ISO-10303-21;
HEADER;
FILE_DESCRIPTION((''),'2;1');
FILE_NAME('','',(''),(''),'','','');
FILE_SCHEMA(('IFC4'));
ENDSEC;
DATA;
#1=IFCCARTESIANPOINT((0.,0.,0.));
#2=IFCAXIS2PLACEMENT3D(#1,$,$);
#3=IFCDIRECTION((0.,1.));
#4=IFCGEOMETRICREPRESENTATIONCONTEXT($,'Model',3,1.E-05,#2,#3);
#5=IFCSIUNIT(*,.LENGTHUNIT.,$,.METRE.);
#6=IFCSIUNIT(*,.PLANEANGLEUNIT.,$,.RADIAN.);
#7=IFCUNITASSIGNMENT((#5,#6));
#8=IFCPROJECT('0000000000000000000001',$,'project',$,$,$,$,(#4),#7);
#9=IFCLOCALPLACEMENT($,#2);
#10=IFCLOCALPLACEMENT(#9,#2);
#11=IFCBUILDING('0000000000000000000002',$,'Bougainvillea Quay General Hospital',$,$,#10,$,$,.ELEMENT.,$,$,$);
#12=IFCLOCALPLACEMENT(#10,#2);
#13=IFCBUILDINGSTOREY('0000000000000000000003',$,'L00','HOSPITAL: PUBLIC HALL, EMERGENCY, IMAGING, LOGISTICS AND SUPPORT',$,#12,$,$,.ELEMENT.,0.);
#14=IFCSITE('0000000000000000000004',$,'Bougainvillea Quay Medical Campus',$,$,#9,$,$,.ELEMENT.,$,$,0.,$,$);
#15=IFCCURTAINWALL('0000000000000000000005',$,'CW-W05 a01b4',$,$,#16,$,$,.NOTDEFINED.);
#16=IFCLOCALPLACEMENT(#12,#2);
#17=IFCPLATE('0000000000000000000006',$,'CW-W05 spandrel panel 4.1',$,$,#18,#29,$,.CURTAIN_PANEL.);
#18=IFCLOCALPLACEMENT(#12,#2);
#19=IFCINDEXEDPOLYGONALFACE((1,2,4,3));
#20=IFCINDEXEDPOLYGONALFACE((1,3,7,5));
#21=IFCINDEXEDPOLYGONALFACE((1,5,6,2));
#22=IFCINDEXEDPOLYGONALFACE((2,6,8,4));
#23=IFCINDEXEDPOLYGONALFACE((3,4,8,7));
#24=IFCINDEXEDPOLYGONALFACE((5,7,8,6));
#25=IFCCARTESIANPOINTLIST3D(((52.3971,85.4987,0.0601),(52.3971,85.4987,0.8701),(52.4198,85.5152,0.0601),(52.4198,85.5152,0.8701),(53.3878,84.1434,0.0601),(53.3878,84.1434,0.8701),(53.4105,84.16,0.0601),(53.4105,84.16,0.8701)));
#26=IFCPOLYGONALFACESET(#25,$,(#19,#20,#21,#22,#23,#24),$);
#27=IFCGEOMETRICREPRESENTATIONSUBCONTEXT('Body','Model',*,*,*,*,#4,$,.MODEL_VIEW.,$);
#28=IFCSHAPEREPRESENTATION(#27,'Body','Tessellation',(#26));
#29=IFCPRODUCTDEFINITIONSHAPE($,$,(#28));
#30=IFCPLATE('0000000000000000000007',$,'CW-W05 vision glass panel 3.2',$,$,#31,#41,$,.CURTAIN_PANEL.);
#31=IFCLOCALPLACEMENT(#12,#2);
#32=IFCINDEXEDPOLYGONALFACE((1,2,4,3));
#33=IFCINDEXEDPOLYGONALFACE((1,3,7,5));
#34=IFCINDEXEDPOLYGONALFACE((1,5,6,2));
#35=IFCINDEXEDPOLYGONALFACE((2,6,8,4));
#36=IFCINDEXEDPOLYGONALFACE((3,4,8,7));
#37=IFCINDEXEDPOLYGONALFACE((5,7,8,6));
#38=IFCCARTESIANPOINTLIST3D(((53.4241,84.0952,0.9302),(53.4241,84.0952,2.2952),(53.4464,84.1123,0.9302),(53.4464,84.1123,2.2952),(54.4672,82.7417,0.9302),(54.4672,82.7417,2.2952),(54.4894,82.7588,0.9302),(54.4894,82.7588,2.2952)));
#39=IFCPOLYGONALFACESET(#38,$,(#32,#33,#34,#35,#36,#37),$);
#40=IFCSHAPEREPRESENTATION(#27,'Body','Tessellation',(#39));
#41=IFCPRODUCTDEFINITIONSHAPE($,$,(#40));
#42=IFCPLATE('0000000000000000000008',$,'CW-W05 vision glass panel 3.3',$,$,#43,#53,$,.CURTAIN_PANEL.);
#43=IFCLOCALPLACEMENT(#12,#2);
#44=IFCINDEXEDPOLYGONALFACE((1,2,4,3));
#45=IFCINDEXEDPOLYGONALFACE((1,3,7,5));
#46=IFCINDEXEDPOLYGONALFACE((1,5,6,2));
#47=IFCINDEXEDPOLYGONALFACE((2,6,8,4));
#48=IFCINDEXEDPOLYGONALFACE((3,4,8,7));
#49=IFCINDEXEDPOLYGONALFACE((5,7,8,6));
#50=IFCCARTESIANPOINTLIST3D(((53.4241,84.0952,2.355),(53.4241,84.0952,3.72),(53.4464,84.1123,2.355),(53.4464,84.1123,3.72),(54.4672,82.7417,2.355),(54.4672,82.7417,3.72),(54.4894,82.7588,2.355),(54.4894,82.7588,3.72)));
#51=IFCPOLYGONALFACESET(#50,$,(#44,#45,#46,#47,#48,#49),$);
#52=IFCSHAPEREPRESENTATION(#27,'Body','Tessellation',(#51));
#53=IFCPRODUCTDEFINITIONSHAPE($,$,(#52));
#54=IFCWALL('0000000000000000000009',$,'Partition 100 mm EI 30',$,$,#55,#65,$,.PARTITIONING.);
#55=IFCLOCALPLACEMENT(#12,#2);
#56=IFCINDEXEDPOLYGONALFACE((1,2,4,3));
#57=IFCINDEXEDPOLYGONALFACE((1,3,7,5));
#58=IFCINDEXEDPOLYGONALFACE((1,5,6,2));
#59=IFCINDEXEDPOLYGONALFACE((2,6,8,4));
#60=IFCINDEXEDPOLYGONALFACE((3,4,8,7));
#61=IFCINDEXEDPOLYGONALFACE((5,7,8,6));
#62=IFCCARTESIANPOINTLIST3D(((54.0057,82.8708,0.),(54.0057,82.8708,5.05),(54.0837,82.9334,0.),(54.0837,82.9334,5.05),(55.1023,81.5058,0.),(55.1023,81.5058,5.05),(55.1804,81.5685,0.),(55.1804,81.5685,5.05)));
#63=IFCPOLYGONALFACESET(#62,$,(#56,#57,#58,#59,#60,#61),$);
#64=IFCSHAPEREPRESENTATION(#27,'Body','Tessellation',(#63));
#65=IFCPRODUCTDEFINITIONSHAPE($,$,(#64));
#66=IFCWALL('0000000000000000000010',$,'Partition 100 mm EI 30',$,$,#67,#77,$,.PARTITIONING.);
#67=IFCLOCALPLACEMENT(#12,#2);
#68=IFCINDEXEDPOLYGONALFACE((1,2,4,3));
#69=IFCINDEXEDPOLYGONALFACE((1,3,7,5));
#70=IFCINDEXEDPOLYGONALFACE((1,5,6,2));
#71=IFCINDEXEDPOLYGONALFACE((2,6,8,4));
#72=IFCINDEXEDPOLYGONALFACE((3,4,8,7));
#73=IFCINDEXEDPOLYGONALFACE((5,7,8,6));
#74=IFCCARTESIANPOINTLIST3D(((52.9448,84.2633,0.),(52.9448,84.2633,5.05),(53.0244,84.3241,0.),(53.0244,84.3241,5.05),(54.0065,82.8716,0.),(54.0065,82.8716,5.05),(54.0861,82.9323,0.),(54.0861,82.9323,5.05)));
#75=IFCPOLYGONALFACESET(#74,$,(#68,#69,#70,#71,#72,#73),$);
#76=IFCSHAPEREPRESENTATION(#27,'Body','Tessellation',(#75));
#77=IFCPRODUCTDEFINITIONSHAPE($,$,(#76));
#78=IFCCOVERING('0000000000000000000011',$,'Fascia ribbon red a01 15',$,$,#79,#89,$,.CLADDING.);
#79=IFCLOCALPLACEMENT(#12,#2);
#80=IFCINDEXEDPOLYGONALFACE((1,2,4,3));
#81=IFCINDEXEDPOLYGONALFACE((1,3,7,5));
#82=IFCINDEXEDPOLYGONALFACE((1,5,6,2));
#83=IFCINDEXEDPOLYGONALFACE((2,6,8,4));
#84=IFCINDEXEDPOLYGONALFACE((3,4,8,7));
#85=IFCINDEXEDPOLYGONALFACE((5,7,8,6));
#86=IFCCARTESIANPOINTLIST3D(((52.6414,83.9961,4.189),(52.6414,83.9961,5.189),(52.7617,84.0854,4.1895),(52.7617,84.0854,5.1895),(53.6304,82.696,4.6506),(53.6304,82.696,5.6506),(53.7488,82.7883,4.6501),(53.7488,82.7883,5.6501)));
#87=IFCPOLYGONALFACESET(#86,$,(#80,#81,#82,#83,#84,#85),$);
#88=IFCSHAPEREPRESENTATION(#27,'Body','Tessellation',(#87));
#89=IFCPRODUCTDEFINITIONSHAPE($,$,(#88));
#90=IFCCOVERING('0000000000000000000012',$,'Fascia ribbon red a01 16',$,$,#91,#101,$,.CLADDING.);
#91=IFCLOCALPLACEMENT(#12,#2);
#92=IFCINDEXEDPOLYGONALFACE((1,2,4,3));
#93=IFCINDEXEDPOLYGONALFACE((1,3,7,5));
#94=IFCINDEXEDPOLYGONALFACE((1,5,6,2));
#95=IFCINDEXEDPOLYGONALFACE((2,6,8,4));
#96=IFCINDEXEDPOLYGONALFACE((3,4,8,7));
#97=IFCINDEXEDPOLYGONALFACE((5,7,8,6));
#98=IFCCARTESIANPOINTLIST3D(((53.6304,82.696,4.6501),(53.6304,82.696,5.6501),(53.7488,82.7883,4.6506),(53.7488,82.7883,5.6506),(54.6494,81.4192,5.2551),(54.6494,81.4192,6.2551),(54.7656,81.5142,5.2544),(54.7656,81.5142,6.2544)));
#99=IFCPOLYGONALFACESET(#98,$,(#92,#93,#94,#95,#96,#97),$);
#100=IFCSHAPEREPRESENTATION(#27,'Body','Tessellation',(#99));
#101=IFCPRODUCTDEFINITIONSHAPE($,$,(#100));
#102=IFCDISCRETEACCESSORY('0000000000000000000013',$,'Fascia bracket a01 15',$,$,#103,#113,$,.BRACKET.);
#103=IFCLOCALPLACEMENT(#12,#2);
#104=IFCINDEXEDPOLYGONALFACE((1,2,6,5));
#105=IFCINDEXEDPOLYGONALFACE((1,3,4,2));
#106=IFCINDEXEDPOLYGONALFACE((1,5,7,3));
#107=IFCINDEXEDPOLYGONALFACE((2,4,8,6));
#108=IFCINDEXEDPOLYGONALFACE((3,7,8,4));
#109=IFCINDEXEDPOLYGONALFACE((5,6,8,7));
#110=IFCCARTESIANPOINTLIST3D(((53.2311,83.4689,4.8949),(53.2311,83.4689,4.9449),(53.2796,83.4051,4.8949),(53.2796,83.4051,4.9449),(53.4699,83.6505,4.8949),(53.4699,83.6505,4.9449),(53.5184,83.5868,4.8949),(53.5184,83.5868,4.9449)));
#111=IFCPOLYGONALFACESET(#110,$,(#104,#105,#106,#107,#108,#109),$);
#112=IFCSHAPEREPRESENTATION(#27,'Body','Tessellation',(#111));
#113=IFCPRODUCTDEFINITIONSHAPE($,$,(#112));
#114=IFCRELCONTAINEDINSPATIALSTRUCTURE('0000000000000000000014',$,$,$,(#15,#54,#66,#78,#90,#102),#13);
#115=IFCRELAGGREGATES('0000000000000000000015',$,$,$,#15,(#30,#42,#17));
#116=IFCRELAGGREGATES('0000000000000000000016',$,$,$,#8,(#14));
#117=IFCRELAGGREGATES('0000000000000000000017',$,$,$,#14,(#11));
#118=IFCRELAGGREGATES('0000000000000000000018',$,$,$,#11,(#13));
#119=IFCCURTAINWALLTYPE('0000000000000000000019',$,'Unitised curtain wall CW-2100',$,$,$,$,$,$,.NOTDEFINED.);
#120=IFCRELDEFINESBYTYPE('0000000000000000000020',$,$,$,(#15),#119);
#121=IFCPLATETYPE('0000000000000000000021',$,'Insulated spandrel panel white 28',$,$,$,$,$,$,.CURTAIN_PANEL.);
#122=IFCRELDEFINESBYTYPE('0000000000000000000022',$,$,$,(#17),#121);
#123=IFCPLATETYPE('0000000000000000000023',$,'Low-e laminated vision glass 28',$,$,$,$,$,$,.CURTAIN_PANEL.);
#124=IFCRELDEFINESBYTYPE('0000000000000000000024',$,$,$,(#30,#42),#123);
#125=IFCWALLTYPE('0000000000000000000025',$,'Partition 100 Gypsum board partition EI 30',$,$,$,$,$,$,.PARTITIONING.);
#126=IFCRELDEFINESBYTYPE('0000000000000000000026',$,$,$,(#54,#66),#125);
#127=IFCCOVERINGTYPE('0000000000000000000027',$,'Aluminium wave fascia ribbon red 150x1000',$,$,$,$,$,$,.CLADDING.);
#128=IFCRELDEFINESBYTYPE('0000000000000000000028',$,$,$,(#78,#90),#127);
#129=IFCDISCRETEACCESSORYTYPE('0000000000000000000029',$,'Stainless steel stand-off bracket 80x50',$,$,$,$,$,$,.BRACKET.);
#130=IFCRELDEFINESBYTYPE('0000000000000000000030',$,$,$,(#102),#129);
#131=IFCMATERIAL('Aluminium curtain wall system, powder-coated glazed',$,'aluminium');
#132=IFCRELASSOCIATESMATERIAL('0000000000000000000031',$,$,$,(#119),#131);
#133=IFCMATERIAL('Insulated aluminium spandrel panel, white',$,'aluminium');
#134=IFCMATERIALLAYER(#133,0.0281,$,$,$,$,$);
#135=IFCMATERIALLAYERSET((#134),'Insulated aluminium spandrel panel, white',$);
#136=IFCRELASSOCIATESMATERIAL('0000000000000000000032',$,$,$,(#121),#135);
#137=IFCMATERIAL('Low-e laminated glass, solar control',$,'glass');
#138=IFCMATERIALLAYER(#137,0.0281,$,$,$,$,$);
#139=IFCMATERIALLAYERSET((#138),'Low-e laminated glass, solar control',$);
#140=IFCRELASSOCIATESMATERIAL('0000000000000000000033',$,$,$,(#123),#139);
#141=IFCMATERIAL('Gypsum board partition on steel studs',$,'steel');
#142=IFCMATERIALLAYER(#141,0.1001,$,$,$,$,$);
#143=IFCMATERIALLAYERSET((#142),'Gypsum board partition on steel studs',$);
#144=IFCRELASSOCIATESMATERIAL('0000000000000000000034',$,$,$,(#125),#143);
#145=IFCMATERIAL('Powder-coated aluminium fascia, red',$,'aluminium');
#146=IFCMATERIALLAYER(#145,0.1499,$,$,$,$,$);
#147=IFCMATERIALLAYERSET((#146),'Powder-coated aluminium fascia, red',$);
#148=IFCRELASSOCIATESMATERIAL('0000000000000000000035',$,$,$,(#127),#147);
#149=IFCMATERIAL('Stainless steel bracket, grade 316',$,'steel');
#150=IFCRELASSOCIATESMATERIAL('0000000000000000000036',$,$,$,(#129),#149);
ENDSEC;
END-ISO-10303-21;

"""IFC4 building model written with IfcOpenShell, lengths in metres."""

from ifc_helpers import new_model, si_unit, direction, frame, frame_2d, origin, origin_2d, place, context, subcontext, project, spatial, polyline, rectangle, outline, extrude, material, layer, layer_set, material_profile, profile_set, type_object, element, aggregate, save


model = new_model("IFC4")

# Units and contexts
model_context = context("Model", 3, precision=1e-05, world=origin(), true_north=direction((0.0, 1.0)))
body_context = subcontext(model_context, "Body", "Model", "MODEL_VIEW")
ifc_project = project(units=[si_unit("LENGTHUNIT", "METRE"), si_unit("PLANEANGLEUNIT", "RADIAN")], contexts=[model_context])

# Site, building, storey
site_placement = place(None, origin())
site = spatial("IfcSite", under=ifc_project, at=site_placement, Name="Bougainvillea Quay Medical Campus", CompositionType="ELEMENT", RefElevation=0.0)
building_placement = place(site_placement, origin())
building = spatial("IfcBuilding", under=site, at=building_placement, Name="Bougainvillea Quay General Hospital", CompositionType="ELEMENT")
storey_placement = place(building_placement, origin())
storey = spatial("IfcBuildingStorey", under=building, at=storey_placement, Name="L00", Description="HOSPITAL: PUBLIC HALL, EMERGENCY, IMAGING, LOGISTICS AND SUPPORT", CompositionType="ELEMENT", Elevation=0.0)

# Curtain wall, plates
ifc_material_1 = material(Name="Aluminium curtain wall system, powder-coated glazed", Category="aluminium")
curtain_wall_type = type_object("IfcCurtainWallType", Name="Unitised curtain wall CW-2100", PredefinedType="NOTDEFINED", material=ifc_material_1)
curtain_wall_placement = place(storey_placement, origin())
curtain_wall = element("IfcCurtainWall", 1, at=curtain_wall_placement, inside=storey, type_object=curtain_wall_type, Name="CW-W05 a01b4", PredefinedType="NOTDEFINED")
ifc_material_2 = material(Name="Insulated aluminium spandrel panel, white", Category="aluminium")
ifc_layer_1 = layer(ifc_material_2, 0.0281)
ifc_layer_set_1 = layer_set([ifc_layer_1], Name="Insulated aluminium spandrel panel, white")
plate_type_1 = type_object("IfcPlateType", Name="Insulated spandrel panel white 28", PredefinedType="CURTAIN_PANEL", material=ifc_layer_set_1)
plate_1_placement = place(storey_placement, frame((52.9038, 84.8293, 0.0601), z_axis=(0.0, 0.0, 1.0), x_axis=(-0.590134, 0.807305, 0.0)))
plate_1 = element("IfcPlate", 2, at=plate_1_placement, type_object=plate_type_1, Name="CW-W05 spandrel panel 4.1", PredefinedType="CURTAIN_PANEL", context=body_context, shape_type="SweptSolid", body=[
    extrude(rectangle(XDim=1.6787, YDim=0.0281, at=origin_2d()), origin(), (0.0, 0.0, 1.0), 0.8101),
])
ifc_material_3 = material(Name="Low-e laminated glass, solar control", Category="glass")
ifc_layer_2 = layer(ifc_material_3, 0.0281)
ifc_layer_set_2 = layer_set([ifc_layer_2], Name="Low-e laminated glass, solar control")
plate_type_2 = type_object("IfcPlateType", Name="Low-e laminated vision glass 28", PredefinedType="CURTAIN_PANEL", material=ifc_layer_set_2)
plate_2_placement = place(storey_placement, frame((53.9568, 83.427, 0.9302), z_axis=(0.0, 0.0, 1.0), x_axis=(-0.610415, 0.792082, 0.0)))
plate_2 = element("IfcPlate", 3, at=plate_2_placement, type_object=plate_type_2, Name="CW-W05 vision glass panel 3.2", PredefinedType="CURTAIN_PANEL", context=body_context, shape_type="SweptSolid", body=[
    extrude(rectangle(XDim=1.7087, YDim=0.0281, at=origin_2d()), origin(), (0.0, 0.0, 1.0), 1.365),
])
plate_3_placement = place(storey_placement, frame((53.9568, 83.427, 2.355), z_axis=(0.0, 0.0, 1.0), x_axis=(-0.610415, 0.792082, 0.0)))
plate_3 = element("IfcPlate", 4, at=plate_3_placement, type_object=plate_type_2, Name="CW-W05 vision glass panel 3.3", PredefinedType="CURTAIN_PANEL", context=body_context, shape_type="SweptSolid", body=[
    extrude(rectangle(XDim=1.7087, YDim=0.0281, at=origin_2d()), origin(), (0.0, 0.0, 1.0), 1.365),
])
aggregate(curtain_wall, [plate_2, plate_3, plate_1])

# Walls
ifc_material_4 = material(Name="Gypsum board partition on steel studs", Category="steel")
ifc_layer_3 = layer(ifc_material_4, 0.1001)
ifc_layer_set_3 = layer_set([ifc_layer_3], Name="Gypsum board partition on steel studs")
wall_type = type_object("IfcWallType", Name="Partition 100 Gypsum board partition EI 30", PredefinedType="PARTITIONING", material=ifc_layer_set_3)
wall_1_placement = place(storey_placement, frame((54.0447, 82.9021, 0.0), z_axis=(0.0, 0.0, 1.0), x_axis=(0.626326, -0.779561, 0.0)))
element("IfcWall", 5, at=wall_1_placement, inside=storey, type_object=wall_type, Name="Partition 100 mm EI 30", PredefinedType="PARTITIONING", context=body_context, shape_type="SweptSolid", body=[
    extrude(rectangle(XDim=1.751, YDim=0.1001, at=frame_2d((0.8755, 0.0))), origin(), (0.0, 0.0, 1.0), 5.05),
])
wall_2_placement = place(storey_placement, frame((52.9846, 84.2937, 0.0), z_axis=(0.0, 0.0, 1.0), x_axis=(0.606518, -0.79507, 0.0)))
element("IfcWall", 6, at=wall_2_placement, inside=storey, type_object=wall_type, Name="Partition 100 mm EI 30", PredefinedType="PARTITIONING", context=body_context, shape_type="SweptSolid", body=[
    extrude(rectangle(XDim=1.7505, YDim=0.1001, at=frame_2d((0.8752, 0.0))), origin(), (0.0, 0.0, 1.0), 5.05),
])

# Coverings
ifc_material_5 = material(Name="Powder-coated aluminium fascia, red", Category="aluminium")
ifc_layer_4 = layer(ifc_material_5, 0.1499)
ifc_layer_set_4 = layer_set([ifc_layer_4], Name="Powder-coated aluminium fascia, red")
covering_type = type_object("IfcCoveringType", Name="Aluminium wave fascia ribbon red 150x1000", PredefinedType="CLADDING", material=ifc_layer_set_4)
covering_1_placement = place(storey_placement, frame((52.7617, 84.0854, 4.1895), z_axis=(-0.164671, 0.216463, 0.962303), x_axis=(0.582741, -0.765794, 0.271979)))
element("IfcCovering", 7, at=covering_1_placement, inside=storey, type_object=covering_type, Name="Fascia ribbon red a01 15", PredefinedType="CLADDING", context=body_context, shape_type="SweptSolid", body=[
    extrude(outline(polyline([(0.0, 0.0), (1.6938, 0.0), (1.6956, -0.1501), (-0.0018, -0.1499), (0.0, 0.0)])), origin(), (0.271979, -0.000038, 0.962303), 1.0),
])
covering_2_placement = place(storey_placement, frame((53.7488, 82.7883, 4.6506), z_axis=(-0.216046, 0.271914, 0.937756), x_axis=(0.584938, -0.732963, 0.347293)))
element("IfcCovering", 8, at=covering_2_placement, inside=storey, type_object=covering_type, Name="Fascia ribbon red a01 16", PredefinedType="CLADDING", context=body_context, shape_type="SweptSolid", body=[
    extrude(outline(polyline([(0.0, 0.0), (1.7384, 0.0), (1.7403, -0.1501), (-0.0018, -0.1501), (0.0, 0.0)])), origin(), (0.347293, -0.000699, 0.937756), 1.0),
])

# Discrete accessory
ifc_material_6 = material(Name="Stainless steel bracket, grade 316", Category="steel")
ifc_material_profile_1 = material_profile(ifc_material_6, rectangle(XDim=0.0801, YDim=0.05, at=origin_2d()))
ifc_profile_set_1 = profile_set([ifc_material_profile_1], Name="Stainless steel bracket, grade 316")
discrete_accessory_type = type_object("IfcDiscreteAccessoryType", Name="Stainless steel stand-off bracket 80x50", PredefinedType="BRACKET", material=ifc_profile_set_1)
discrete_accessory_placement = place(storey_placement, frame((53.4941, 83.6187, 4.9199), z_axis=(-0.79588, -0.605455, 0.0), x_axis=(0.605455, -0.79588, 0.0)))
element("IfcDiscreteAccessory", 9, at=discrete_accessory_placement, inside=storey, type_object=discrete_accessory_type, Name="Fascia bracket a01 15", PredefinedType="BRACKET", context=body_context, shape_type="SweptSolid", body=[
    extrude(rectangle(XDim=0.0801, YDim=0.05, at=origin_2d()), origin(), (0.0, 0.0, 1.0), 0.3),
])

save(model, "model.ifc")
